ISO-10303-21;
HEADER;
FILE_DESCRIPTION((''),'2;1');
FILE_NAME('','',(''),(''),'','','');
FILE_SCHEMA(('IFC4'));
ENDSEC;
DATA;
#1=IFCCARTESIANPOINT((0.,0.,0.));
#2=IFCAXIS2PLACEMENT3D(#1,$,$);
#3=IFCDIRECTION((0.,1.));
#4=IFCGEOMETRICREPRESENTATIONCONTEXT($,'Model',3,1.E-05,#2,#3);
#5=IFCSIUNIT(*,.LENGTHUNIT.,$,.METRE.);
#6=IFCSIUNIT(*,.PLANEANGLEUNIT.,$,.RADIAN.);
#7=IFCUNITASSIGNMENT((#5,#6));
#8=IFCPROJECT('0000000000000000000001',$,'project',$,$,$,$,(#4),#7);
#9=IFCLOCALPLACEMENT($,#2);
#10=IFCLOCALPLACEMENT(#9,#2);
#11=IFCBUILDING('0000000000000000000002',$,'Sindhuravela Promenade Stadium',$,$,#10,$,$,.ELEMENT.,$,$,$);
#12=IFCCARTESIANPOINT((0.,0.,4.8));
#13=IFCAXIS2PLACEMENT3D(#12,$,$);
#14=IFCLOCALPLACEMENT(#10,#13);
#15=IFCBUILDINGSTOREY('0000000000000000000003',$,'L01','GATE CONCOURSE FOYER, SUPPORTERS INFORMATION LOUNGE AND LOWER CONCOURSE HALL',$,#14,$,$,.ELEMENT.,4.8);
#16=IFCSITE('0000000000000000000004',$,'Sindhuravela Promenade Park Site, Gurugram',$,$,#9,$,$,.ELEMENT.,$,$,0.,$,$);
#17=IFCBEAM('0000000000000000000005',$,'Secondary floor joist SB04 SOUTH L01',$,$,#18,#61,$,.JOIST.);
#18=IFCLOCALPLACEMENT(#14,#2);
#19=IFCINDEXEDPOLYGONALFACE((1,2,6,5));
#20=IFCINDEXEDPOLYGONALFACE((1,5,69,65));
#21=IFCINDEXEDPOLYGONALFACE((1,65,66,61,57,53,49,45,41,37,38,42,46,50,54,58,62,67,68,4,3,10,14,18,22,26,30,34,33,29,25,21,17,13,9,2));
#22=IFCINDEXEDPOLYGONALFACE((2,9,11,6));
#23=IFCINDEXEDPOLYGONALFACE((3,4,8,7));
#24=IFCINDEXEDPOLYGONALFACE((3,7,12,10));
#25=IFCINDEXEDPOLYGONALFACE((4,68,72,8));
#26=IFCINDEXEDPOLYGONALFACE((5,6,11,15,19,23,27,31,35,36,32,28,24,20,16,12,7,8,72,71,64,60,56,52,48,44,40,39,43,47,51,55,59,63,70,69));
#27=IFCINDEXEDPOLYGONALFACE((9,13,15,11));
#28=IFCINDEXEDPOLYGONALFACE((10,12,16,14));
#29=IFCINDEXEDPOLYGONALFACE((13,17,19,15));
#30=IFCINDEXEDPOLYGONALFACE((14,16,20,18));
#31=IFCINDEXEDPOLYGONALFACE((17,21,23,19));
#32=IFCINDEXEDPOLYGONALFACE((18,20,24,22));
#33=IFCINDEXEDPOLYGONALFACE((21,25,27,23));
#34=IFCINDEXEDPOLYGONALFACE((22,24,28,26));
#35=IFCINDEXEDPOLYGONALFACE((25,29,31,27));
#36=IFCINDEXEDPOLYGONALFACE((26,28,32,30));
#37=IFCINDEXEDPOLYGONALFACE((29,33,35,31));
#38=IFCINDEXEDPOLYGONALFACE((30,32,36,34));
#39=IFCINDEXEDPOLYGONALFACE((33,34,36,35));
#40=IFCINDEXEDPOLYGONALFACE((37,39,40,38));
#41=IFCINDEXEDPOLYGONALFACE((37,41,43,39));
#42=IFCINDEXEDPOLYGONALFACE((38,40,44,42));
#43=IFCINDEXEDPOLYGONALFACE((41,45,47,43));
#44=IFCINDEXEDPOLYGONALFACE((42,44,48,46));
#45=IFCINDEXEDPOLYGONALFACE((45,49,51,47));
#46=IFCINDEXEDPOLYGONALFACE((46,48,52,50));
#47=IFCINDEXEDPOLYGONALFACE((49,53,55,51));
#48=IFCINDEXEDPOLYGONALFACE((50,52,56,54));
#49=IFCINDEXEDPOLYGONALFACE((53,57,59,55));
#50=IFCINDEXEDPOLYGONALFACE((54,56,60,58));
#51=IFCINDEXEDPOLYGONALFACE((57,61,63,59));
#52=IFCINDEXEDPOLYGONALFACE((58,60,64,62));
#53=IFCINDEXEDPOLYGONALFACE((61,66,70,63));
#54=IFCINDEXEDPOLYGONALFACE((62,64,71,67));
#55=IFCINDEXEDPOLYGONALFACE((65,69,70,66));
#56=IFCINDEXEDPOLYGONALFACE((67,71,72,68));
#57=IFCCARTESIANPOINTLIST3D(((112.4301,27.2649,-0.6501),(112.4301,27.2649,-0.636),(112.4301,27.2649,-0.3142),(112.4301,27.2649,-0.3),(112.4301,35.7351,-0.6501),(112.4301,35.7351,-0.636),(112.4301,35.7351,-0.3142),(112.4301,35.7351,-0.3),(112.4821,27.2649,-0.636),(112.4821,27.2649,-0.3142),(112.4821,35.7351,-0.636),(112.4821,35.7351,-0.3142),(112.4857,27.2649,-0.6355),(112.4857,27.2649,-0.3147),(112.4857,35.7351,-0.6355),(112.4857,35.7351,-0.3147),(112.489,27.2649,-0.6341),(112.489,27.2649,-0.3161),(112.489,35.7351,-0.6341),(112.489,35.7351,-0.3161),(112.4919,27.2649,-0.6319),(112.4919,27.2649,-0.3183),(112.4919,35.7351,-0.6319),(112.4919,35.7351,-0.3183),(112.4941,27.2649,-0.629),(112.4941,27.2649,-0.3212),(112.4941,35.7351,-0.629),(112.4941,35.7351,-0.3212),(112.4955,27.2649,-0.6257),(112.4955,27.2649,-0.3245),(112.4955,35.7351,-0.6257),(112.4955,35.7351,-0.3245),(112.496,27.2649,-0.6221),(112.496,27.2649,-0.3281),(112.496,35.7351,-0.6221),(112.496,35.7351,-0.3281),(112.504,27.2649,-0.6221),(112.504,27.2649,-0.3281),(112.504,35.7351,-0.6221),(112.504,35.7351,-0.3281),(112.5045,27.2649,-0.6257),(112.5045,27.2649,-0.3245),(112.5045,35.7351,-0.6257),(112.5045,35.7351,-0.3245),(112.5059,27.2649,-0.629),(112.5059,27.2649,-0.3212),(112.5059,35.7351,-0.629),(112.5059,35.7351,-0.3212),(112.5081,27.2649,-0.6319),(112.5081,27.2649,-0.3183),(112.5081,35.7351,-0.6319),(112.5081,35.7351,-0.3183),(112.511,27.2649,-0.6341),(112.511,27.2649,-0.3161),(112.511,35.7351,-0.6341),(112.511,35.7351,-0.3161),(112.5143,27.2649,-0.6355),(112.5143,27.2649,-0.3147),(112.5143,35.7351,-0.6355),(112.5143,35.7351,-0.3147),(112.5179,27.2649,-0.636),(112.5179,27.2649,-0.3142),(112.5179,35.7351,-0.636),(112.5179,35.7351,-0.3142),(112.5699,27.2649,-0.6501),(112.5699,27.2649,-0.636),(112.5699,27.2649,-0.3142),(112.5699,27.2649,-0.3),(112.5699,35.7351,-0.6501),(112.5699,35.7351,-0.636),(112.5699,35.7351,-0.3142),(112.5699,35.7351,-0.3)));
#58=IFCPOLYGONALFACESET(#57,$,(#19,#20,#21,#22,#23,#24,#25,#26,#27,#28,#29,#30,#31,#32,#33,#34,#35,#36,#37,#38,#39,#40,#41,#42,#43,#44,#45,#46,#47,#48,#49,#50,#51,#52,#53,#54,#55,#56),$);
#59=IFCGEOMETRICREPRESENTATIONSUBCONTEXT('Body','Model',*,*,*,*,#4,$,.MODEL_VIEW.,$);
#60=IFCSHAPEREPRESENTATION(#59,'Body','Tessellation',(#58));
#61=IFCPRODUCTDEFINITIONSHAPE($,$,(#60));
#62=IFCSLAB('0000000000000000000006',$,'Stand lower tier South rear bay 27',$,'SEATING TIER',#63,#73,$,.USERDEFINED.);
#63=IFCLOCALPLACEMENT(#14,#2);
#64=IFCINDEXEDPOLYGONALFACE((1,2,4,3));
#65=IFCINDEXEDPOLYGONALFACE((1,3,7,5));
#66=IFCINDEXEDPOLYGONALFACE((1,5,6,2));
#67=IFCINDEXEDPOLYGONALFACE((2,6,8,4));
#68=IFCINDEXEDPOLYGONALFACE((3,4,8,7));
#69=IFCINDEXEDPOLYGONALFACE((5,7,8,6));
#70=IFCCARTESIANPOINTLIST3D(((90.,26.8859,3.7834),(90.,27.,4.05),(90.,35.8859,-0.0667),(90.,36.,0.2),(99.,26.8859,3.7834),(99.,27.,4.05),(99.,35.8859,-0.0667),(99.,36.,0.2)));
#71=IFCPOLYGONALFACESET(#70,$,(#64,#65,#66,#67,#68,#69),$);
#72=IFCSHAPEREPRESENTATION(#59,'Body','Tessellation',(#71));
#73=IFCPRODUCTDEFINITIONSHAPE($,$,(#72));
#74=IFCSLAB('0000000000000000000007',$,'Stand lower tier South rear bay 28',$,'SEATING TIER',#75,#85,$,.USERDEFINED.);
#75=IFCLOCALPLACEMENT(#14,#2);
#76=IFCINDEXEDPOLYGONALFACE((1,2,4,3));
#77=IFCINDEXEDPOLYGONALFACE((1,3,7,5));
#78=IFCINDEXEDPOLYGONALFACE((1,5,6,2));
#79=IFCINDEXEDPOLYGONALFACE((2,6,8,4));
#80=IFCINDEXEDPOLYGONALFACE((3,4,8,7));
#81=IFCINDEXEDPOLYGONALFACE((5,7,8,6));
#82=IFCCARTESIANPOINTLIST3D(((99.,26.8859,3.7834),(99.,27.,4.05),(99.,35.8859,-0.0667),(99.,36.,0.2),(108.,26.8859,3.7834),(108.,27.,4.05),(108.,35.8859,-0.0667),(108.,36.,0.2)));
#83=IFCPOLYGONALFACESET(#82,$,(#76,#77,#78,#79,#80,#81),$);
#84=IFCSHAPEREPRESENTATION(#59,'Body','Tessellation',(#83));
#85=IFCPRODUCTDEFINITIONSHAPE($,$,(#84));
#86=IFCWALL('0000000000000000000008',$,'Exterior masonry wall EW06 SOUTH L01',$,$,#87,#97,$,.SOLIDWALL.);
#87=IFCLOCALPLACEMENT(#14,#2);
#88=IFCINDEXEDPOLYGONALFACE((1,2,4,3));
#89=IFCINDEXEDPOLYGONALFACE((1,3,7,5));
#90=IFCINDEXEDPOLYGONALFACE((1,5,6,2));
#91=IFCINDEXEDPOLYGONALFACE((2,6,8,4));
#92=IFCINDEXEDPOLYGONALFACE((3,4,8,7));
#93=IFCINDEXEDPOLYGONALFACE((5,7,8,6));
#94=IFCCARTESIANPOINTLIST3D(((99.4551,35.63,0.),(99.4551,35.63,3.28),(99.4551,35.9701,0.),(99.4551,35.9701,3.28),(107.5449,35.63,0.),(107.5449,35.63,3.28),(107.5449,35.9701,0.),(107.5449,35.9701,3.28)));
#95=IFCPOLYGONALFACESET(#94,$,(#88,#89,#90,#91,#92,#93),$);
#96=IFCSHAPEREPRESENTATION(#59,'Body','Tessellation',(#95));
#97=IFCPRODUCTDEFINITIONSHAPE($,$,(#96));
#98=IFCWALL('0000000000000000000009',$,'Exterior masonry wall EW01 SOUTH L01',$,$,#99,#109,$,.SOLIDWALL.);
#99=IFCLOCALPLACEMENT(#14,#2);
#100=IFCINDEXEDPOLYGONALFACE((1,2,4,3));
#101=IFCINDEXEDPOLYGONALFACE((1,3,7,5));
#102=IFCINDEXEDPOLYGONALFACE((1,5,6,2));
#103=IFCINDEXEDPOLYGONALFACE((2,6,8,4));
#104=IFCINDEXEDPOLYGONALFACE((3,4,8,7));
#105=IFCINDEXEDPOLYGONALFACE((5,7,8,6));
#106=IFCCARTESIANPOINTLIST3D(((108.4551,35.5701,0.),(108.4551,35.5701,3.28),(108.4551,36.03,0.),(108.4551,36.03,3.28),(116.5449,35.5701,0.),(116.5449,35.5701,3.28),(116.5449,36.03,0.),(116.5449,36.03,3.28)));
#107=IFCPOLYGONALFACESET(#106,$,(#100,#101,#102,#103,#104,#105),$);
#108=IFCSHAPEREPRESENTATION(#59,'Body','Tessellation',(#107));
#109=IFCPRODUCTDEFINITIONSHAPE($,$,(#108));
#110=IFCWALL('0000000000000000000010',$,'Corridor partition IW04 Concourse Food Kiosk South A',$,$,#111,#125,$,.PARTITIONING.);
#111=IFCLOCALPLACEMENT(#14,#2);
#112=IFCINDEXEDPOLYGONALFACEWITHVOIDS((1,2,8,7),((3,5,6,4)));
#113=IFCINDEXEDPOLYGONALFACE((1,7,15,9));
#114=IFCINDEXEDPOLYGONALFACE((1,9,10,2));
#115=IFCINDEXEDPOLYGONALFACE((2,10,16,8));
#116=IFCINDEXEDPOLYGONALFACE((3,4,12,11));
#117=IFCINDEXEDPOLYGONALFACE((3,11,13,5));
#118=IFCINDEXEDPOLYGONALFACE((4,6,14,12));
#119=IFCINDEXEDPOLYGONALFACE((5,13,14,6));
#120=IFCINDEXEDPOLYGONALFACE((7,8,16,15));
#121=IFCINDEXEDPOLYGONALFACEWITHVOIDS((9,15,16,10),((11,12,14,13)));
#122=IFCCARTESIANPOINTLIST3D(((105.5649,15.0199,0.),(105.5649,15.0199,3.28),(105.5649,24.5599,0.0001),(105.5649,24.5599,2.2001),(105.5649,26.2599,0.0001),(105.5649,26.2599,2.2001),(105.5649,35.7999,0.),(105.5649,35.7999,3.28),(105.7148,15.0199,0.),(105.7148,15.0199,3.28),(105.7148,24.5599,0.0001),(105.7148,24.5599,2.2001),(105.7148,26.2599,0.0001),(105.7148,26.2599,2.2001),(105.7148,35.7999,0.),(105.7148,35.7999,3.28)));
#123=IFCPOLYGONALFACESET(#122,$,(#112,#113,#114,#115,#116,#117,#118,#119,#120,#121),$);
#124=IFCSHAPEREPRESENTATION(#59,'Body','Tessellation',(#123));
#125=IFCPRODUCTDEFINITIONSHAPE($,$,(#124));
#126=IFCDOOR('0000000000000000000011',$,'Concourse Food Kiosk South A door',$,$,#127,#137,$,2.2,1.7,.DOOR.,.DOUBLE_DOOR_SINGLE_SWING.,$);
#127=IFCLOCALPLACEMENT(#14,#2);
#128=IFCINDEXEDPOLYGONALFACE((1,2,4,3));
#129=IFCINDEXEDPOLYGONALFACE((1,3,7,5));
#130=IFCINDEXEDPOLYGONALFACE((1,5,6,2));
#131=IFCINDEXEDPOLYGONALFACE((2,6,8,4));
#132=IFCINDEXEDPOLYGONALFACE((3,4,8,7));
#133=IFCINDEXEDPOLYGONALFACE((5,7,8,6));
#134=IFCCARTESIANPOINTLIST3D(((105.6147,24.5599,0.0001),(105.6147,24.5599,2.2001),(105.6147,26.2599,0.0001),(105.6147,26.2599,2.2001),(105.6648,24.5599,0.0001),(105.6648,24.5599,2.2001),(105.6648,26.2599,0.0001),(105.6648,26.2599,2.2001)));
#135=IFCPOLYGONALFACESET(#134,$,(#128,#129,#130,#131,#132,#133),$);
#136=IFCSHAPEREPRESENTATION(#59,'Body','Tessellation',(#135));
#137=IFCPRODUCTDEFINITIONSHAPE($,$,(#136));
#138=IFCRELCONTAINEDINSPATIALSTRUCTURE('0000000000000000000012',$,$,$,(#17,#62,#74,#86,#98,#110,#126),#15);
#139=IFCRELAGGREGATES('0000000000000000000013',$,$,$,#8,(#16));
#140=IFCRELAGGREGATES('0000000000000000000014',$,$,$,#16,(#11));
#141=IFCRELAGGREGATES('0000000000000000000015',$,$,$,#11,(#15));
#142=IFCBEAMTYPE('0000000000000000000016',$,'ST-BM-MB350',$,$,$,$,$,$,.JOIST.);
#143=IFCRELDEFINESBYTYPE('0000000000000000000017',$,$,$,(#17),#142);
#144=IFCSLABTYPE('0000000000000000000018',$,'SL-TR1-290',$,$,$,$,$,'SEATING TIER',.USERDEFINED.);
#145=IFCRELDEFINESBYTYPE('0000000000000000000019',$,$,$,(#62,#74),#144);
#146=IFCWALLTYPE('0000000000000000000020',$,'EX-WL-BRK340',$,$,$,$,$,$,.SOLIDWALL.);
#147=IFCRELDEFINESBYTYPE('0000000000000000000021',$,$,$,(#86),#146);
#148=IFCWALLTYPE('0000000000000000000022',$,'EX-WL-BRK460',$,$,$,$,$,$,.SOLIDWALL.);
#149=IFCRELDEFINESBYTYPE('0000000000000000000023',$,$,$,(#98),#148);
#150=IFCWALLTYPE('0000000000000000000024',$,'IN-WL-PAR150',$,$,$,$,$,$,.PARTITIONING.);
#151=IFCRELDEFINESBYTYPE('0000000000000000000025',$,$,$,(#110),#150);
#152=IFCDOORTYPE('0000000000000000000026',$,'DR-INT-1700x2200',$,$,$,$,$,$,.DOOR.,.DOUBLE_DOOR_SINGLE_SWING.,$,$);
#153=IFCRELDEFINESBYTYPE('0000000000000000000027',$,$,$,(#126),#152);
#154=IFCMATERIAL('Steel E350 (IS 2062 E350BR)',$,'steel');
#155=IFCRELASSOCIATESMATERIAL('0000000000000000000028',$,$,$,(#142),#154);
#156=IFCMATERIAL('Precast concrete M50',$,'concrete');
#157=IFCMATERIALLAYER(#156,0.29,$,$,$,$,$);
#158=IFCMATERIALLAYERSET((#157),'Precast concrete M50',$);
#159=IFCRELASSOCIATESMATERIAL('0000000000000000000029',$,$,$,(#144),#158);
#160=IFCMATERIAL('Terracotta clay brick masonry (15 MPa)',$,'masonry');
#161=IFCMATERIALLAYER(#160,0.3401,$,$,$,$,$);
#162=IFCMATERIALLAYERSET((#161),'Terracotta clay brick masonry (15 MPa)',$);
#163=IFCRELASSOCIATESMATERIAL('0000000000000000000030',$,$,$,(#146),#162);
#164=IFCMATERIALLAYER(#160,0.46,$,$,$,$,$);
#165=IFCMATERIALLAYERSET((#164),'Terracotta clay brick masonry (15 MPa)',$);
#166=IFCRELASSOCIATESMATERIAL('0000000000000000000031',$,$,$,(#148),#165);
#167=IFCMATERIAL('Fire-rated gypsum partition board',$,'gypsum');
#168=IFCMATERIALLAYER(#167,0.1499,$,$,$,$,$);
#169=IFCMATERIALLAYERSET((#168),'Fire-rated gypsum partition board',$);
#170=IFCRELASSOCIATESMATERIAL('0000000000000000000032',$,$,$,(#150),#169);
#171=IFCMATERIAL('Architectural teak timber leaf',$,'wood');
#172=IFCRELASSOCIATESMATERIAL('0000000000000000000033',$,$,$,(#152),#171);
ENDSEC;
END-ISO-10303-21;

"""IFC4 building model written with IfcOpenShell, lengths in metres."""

from ifc_helpers import new_model, si_unit, direction, frame, frame_2d, origin, origin_2d, place, context, subcontext, project, spatial, polyline, rectangle, i_section, outline, extrude, material, layer, layer_set, material_profile, profile_set, type_object, element, fill, save


model = new_model("IFC4")

# Units and contexts
model_context = context("Model", 3, precision=1e-05, world=origin(), true_north=direction((0.0, 1.0)))
body_context = subcontext(model_context, "Body", "Model", "MODEL_VIEW")
ifc_project = project(units=[si_unit("LENGTHUNIT", "METRE"), si_unit("PLANEANGLEUNIT", "RADIAN")], contexts=[model_context])

# Site, building, storey
site_placement = place(None, origin())
site = spatial("IfcSite", under=ifc_project, at=site_placement, Name="Sindhuravela Promenade Park Site, Gurugram", CompositionType="ELEMENT", RefElevation=0.0)
building_placement = place(site_placement, origin())
building = spatial("IfcBuilding", under=site, at=building_placement, Name="Sindhuravela Promenade Stadium", CompositionType="ELEMENT")
storey_placement = place(building_placement, frame((0.0, 0.0, 4.8)))
storey = spatial("IfcBuildingStorey", under=building, at=storey_placement, Name="L01", Description="GATE CONCOURSE FOYER, SUPPORTERS INFORMATION LOUNGE AND LOWER CONCOURSE HALL", CompositionType="ELEMENT", Elevation=4.8)

# Beam
ifc_material_1 = material(Name="Steel E350 (IS 2062 E350BR)", Category="steel")
ifc_material_profile_1 = material_profile(ifc_material_1, i_section(OverallWidth=0.1399, OverallDepth=0.3501, WebThickness=0.0081, FlangeThickness=0.0142, FilletRadius=0.0139, at=origin_2d()), Name="ISMB 350")
ifc_profile_set_1 = profile_set([ifc_material_profile_1], Name="Steel E350 (IS 2062 E350BR)")
beam_type_1 = type_object("IfcBeamType", Name="ST-BM-MB350", PredefinedType="JOIST", material=ifc_profile_set_1)
beam_1_placement = place(storey_placement, frame((112.5, 27.2649, -0.4751), z_axis=(0.0, 1.0, 0.0), x_axis=(-1.0, 0.0, 0.0)))
element("IfcBeam", 1, at=beam_1_placement, inside=storey, type_object=beam_type_1, Name="Secondary floor joist SB04 SOUTH L01", PredefinedType="JOIST", context=body_context, shape_type="SweptSolid", body=[
    extrude(i_section(OverallWidth=0.1399, OverallDepth=0.3501, WebThickness=0.0081, FlangeThickness=0.0142, FilletRadius=0.0139, at=origin_2d()), origin(), (0.0, 0.0, 1.0), 8.4702),
])

# Slabs
ifc_material_2 = material(Name="Precast concrete M50", Category="concrete")
ifc_layer_1 = layer(ifc_material_2, 0.29)
ifc_layer_set_1 = layer_set([ifc_layer_1], Name="Precast concrete M50")
slab_type = type_object("IfcSlabType", Name="SL-TR1-290", ElementType="SEATING TIER", PredefinedType="USERDEFINED", material=ifc_layer_set_1)
for number, where, z_axis, x_axis, name in (
    (2, (99.0, 36.0, 0.2), (0.0, 0.393311, 0.919405), (-1.0, 0.0, 0.0), "Stand lower tier South rear bay 27"),
    (3, (108.0, 36.0, 0.2), (0.0, 0.393311, 0.919405), (-1.0, 0.0, 0.0), "Stand lower tier South rear bay 28"),
):
    element("IfcSlab", number, at=place(storey_placement, frame(where, z_axis=z_axis, x_axis=x_axis)), inside=storey, type_object=slab_type, Name=name, ObjectType="SEATING TIER", PredefinedType="USERDEFINED", context=body_context, shape_type="SweptSolid", body=[
        extrude(outline(polyline([(0.0, 0.0), (9.0, 0.0), (9.0, 9.7889), (0.0, 9.7889), (0.0, 0.0)])), origin(), (0.0, 0.0, -1.0), 0.29),
    ])

# Walls
ifc_material_3 = material(Name="Terracotta clay brick masonry (15 MPa)", Category="masonry")
ifc_layer_2 = layer(ifc_material_3, 0.3401)
ifc_layer_set_2 = layer_set([ifc_layer_2], Name="Terracotta clay brick masonry (15 MPa)")
wall_type_1 = type_object("IfcWallType", Name="EX-WL-BRK340", PredefinedType="SOLIDWALL", material=ifc_layer_set_2)
wall_1_placement = place(storey_placement, frame((99.4551, 35.8, 0.0), z_axis=(0.0, 0.0, 1.0), x_axis=(1.0, 0.0, 0.0)))
element("IfcWall", 4, at=wall_1_placement, inside=storey, type_object=wall_type_1, Name="Exterior masonry wall EW06 SOUTH L01", PredefinedType="SOLIDWALL", context=body_context, shape_type="SweptSolid", body=[
    extrude(rectangle(XDim=8.0898, YDim=0.3401, at=frame_2d((4.0449, 0.0))), origin(), (0.0, 0.0, 1.0), 3.28),
])
ifc_layer_3 = layer(ifc_material_3, 0.46)
ifc_layer_set_3 = layer_set([ifc_layer_3], Name="Terracotta clay brick masonry (15 MPa)")
wall_type_2 = type_object("IfcWallType", Name="EX-WL-BRK460", PredefinedType="SOLIDWALL", material=ifc_layer_set_3)
wall_2_placement = place(storey_placement, frame((108.4551, 35.8, 0.0), z_axis=(0.0, 0.0, 1.0), x_axis=(1.0, 0.0, 0.0)))
element("IfcWall", 5, at=wall_2_placement, inside=storey, type_object=wall_type_2, Name="Exterior masonry wall EW01 SOUTH L01", PredefinedType="SOLIDWALL", context=body_context, shape_type="SweptSolid", body=[
    extrude(rectangle(XDim=8.0898, YDim=0.46, at=frame_2d((4.0449, 0.0))), origin(), (0.0, 0.0, 1.0), 3.28),
])

# Wall, opening, door
ifc_material_4 = material(Name="Fire-rated gypsum partition board", Category="gypsum")
ifc_layer_4 = layer(ifc_material_4, 0.1499)
ifc_layer_set_4 = layer_set([ifc_layer_4], Name="Fire-rated gypsum partition board")
wall_type_3 = type_object("IfcWallType", Name="IN-WL-PAR150", PredefinedType="PARTITIONING", material=ifc_layer_set_4)
wall_3_placement = place(storey_placement, frame((105.6399, 35.8, 0.0), z_axis=(0.0, 0.0, 1.0), x_axis=(0.0, -1.0, 0.0)))
wall_3 = element("IfcWall", 6, at=wall_3_placement, inside=storey, type_object=wall_type_3, Name="Corridor partition IW04 Concourse Food Kiosk South A", PredefinedType="PARTITIONING", context=body_context, shape_type="SweptSolid", body=[
    extrude(rectangle(XDim=20.78, YDim=0.1499, at=frame_2d((10.3901, 0.0))), origin(), (0.0, 0.0, 1.0), 3.28),
])
opening_placement = place(wall_3_placement, frame((9.54, 0.0, 0.0)))
opening = element("IfcOpeningElement", 7, at=opening_placement, cuts=wall_3, PredefinedType="OPENING", context=body_context, shape_type="SweptSolid", body=[
    extrude(rectangle(XDim=1.7, YDim=2.2, at=frame_2d((0.8501, 1.1001))), frame((0.0, 0.085, 0.0), z_axis=(0.0, -1.0, 0.0), x_axis=(1.0, 0.0, 0.0)), (0.0, 0.0, 1.0), 0.1699),
])
ifc_material_5 = material(Name="Architectural teak timber leaf", Category="wood")
door_type = type_object("IfcDoorType", Name="DR-INT-1700x2200", OperationType="DOUBLE_DOOR_SINGLE_SWING", PredefinedType="DOOR", material=ifc_material_5)
door_placement = place(opening_placement, origin())
door = element("IfcDoor", 8, at=door_placement, inside=storey, type_object=door_type, Name="Concourse Food Kiosk South A door", OperationType="DOUBLE_DOOR_SINGLE_SWING", OverallHeight=2.2, OverallWidth=1.7, PredefinedType="DOOR", context=body_context, shape_type="SweptSolid", body=[
    extrude(rectangle(XDim=1.7, YDim=2.2, at=frame_2d((0.8501, 1.1001))), frame((0.0, 0.0249, 0.0), z_axis=(0.0, -1.0, 0.0), x_axis=(1.0, 0.0, 0.0)), (0.0, 0.0, 1.0), 0.05),
])
fill(opening, door)

save(model, "model.ifc")
